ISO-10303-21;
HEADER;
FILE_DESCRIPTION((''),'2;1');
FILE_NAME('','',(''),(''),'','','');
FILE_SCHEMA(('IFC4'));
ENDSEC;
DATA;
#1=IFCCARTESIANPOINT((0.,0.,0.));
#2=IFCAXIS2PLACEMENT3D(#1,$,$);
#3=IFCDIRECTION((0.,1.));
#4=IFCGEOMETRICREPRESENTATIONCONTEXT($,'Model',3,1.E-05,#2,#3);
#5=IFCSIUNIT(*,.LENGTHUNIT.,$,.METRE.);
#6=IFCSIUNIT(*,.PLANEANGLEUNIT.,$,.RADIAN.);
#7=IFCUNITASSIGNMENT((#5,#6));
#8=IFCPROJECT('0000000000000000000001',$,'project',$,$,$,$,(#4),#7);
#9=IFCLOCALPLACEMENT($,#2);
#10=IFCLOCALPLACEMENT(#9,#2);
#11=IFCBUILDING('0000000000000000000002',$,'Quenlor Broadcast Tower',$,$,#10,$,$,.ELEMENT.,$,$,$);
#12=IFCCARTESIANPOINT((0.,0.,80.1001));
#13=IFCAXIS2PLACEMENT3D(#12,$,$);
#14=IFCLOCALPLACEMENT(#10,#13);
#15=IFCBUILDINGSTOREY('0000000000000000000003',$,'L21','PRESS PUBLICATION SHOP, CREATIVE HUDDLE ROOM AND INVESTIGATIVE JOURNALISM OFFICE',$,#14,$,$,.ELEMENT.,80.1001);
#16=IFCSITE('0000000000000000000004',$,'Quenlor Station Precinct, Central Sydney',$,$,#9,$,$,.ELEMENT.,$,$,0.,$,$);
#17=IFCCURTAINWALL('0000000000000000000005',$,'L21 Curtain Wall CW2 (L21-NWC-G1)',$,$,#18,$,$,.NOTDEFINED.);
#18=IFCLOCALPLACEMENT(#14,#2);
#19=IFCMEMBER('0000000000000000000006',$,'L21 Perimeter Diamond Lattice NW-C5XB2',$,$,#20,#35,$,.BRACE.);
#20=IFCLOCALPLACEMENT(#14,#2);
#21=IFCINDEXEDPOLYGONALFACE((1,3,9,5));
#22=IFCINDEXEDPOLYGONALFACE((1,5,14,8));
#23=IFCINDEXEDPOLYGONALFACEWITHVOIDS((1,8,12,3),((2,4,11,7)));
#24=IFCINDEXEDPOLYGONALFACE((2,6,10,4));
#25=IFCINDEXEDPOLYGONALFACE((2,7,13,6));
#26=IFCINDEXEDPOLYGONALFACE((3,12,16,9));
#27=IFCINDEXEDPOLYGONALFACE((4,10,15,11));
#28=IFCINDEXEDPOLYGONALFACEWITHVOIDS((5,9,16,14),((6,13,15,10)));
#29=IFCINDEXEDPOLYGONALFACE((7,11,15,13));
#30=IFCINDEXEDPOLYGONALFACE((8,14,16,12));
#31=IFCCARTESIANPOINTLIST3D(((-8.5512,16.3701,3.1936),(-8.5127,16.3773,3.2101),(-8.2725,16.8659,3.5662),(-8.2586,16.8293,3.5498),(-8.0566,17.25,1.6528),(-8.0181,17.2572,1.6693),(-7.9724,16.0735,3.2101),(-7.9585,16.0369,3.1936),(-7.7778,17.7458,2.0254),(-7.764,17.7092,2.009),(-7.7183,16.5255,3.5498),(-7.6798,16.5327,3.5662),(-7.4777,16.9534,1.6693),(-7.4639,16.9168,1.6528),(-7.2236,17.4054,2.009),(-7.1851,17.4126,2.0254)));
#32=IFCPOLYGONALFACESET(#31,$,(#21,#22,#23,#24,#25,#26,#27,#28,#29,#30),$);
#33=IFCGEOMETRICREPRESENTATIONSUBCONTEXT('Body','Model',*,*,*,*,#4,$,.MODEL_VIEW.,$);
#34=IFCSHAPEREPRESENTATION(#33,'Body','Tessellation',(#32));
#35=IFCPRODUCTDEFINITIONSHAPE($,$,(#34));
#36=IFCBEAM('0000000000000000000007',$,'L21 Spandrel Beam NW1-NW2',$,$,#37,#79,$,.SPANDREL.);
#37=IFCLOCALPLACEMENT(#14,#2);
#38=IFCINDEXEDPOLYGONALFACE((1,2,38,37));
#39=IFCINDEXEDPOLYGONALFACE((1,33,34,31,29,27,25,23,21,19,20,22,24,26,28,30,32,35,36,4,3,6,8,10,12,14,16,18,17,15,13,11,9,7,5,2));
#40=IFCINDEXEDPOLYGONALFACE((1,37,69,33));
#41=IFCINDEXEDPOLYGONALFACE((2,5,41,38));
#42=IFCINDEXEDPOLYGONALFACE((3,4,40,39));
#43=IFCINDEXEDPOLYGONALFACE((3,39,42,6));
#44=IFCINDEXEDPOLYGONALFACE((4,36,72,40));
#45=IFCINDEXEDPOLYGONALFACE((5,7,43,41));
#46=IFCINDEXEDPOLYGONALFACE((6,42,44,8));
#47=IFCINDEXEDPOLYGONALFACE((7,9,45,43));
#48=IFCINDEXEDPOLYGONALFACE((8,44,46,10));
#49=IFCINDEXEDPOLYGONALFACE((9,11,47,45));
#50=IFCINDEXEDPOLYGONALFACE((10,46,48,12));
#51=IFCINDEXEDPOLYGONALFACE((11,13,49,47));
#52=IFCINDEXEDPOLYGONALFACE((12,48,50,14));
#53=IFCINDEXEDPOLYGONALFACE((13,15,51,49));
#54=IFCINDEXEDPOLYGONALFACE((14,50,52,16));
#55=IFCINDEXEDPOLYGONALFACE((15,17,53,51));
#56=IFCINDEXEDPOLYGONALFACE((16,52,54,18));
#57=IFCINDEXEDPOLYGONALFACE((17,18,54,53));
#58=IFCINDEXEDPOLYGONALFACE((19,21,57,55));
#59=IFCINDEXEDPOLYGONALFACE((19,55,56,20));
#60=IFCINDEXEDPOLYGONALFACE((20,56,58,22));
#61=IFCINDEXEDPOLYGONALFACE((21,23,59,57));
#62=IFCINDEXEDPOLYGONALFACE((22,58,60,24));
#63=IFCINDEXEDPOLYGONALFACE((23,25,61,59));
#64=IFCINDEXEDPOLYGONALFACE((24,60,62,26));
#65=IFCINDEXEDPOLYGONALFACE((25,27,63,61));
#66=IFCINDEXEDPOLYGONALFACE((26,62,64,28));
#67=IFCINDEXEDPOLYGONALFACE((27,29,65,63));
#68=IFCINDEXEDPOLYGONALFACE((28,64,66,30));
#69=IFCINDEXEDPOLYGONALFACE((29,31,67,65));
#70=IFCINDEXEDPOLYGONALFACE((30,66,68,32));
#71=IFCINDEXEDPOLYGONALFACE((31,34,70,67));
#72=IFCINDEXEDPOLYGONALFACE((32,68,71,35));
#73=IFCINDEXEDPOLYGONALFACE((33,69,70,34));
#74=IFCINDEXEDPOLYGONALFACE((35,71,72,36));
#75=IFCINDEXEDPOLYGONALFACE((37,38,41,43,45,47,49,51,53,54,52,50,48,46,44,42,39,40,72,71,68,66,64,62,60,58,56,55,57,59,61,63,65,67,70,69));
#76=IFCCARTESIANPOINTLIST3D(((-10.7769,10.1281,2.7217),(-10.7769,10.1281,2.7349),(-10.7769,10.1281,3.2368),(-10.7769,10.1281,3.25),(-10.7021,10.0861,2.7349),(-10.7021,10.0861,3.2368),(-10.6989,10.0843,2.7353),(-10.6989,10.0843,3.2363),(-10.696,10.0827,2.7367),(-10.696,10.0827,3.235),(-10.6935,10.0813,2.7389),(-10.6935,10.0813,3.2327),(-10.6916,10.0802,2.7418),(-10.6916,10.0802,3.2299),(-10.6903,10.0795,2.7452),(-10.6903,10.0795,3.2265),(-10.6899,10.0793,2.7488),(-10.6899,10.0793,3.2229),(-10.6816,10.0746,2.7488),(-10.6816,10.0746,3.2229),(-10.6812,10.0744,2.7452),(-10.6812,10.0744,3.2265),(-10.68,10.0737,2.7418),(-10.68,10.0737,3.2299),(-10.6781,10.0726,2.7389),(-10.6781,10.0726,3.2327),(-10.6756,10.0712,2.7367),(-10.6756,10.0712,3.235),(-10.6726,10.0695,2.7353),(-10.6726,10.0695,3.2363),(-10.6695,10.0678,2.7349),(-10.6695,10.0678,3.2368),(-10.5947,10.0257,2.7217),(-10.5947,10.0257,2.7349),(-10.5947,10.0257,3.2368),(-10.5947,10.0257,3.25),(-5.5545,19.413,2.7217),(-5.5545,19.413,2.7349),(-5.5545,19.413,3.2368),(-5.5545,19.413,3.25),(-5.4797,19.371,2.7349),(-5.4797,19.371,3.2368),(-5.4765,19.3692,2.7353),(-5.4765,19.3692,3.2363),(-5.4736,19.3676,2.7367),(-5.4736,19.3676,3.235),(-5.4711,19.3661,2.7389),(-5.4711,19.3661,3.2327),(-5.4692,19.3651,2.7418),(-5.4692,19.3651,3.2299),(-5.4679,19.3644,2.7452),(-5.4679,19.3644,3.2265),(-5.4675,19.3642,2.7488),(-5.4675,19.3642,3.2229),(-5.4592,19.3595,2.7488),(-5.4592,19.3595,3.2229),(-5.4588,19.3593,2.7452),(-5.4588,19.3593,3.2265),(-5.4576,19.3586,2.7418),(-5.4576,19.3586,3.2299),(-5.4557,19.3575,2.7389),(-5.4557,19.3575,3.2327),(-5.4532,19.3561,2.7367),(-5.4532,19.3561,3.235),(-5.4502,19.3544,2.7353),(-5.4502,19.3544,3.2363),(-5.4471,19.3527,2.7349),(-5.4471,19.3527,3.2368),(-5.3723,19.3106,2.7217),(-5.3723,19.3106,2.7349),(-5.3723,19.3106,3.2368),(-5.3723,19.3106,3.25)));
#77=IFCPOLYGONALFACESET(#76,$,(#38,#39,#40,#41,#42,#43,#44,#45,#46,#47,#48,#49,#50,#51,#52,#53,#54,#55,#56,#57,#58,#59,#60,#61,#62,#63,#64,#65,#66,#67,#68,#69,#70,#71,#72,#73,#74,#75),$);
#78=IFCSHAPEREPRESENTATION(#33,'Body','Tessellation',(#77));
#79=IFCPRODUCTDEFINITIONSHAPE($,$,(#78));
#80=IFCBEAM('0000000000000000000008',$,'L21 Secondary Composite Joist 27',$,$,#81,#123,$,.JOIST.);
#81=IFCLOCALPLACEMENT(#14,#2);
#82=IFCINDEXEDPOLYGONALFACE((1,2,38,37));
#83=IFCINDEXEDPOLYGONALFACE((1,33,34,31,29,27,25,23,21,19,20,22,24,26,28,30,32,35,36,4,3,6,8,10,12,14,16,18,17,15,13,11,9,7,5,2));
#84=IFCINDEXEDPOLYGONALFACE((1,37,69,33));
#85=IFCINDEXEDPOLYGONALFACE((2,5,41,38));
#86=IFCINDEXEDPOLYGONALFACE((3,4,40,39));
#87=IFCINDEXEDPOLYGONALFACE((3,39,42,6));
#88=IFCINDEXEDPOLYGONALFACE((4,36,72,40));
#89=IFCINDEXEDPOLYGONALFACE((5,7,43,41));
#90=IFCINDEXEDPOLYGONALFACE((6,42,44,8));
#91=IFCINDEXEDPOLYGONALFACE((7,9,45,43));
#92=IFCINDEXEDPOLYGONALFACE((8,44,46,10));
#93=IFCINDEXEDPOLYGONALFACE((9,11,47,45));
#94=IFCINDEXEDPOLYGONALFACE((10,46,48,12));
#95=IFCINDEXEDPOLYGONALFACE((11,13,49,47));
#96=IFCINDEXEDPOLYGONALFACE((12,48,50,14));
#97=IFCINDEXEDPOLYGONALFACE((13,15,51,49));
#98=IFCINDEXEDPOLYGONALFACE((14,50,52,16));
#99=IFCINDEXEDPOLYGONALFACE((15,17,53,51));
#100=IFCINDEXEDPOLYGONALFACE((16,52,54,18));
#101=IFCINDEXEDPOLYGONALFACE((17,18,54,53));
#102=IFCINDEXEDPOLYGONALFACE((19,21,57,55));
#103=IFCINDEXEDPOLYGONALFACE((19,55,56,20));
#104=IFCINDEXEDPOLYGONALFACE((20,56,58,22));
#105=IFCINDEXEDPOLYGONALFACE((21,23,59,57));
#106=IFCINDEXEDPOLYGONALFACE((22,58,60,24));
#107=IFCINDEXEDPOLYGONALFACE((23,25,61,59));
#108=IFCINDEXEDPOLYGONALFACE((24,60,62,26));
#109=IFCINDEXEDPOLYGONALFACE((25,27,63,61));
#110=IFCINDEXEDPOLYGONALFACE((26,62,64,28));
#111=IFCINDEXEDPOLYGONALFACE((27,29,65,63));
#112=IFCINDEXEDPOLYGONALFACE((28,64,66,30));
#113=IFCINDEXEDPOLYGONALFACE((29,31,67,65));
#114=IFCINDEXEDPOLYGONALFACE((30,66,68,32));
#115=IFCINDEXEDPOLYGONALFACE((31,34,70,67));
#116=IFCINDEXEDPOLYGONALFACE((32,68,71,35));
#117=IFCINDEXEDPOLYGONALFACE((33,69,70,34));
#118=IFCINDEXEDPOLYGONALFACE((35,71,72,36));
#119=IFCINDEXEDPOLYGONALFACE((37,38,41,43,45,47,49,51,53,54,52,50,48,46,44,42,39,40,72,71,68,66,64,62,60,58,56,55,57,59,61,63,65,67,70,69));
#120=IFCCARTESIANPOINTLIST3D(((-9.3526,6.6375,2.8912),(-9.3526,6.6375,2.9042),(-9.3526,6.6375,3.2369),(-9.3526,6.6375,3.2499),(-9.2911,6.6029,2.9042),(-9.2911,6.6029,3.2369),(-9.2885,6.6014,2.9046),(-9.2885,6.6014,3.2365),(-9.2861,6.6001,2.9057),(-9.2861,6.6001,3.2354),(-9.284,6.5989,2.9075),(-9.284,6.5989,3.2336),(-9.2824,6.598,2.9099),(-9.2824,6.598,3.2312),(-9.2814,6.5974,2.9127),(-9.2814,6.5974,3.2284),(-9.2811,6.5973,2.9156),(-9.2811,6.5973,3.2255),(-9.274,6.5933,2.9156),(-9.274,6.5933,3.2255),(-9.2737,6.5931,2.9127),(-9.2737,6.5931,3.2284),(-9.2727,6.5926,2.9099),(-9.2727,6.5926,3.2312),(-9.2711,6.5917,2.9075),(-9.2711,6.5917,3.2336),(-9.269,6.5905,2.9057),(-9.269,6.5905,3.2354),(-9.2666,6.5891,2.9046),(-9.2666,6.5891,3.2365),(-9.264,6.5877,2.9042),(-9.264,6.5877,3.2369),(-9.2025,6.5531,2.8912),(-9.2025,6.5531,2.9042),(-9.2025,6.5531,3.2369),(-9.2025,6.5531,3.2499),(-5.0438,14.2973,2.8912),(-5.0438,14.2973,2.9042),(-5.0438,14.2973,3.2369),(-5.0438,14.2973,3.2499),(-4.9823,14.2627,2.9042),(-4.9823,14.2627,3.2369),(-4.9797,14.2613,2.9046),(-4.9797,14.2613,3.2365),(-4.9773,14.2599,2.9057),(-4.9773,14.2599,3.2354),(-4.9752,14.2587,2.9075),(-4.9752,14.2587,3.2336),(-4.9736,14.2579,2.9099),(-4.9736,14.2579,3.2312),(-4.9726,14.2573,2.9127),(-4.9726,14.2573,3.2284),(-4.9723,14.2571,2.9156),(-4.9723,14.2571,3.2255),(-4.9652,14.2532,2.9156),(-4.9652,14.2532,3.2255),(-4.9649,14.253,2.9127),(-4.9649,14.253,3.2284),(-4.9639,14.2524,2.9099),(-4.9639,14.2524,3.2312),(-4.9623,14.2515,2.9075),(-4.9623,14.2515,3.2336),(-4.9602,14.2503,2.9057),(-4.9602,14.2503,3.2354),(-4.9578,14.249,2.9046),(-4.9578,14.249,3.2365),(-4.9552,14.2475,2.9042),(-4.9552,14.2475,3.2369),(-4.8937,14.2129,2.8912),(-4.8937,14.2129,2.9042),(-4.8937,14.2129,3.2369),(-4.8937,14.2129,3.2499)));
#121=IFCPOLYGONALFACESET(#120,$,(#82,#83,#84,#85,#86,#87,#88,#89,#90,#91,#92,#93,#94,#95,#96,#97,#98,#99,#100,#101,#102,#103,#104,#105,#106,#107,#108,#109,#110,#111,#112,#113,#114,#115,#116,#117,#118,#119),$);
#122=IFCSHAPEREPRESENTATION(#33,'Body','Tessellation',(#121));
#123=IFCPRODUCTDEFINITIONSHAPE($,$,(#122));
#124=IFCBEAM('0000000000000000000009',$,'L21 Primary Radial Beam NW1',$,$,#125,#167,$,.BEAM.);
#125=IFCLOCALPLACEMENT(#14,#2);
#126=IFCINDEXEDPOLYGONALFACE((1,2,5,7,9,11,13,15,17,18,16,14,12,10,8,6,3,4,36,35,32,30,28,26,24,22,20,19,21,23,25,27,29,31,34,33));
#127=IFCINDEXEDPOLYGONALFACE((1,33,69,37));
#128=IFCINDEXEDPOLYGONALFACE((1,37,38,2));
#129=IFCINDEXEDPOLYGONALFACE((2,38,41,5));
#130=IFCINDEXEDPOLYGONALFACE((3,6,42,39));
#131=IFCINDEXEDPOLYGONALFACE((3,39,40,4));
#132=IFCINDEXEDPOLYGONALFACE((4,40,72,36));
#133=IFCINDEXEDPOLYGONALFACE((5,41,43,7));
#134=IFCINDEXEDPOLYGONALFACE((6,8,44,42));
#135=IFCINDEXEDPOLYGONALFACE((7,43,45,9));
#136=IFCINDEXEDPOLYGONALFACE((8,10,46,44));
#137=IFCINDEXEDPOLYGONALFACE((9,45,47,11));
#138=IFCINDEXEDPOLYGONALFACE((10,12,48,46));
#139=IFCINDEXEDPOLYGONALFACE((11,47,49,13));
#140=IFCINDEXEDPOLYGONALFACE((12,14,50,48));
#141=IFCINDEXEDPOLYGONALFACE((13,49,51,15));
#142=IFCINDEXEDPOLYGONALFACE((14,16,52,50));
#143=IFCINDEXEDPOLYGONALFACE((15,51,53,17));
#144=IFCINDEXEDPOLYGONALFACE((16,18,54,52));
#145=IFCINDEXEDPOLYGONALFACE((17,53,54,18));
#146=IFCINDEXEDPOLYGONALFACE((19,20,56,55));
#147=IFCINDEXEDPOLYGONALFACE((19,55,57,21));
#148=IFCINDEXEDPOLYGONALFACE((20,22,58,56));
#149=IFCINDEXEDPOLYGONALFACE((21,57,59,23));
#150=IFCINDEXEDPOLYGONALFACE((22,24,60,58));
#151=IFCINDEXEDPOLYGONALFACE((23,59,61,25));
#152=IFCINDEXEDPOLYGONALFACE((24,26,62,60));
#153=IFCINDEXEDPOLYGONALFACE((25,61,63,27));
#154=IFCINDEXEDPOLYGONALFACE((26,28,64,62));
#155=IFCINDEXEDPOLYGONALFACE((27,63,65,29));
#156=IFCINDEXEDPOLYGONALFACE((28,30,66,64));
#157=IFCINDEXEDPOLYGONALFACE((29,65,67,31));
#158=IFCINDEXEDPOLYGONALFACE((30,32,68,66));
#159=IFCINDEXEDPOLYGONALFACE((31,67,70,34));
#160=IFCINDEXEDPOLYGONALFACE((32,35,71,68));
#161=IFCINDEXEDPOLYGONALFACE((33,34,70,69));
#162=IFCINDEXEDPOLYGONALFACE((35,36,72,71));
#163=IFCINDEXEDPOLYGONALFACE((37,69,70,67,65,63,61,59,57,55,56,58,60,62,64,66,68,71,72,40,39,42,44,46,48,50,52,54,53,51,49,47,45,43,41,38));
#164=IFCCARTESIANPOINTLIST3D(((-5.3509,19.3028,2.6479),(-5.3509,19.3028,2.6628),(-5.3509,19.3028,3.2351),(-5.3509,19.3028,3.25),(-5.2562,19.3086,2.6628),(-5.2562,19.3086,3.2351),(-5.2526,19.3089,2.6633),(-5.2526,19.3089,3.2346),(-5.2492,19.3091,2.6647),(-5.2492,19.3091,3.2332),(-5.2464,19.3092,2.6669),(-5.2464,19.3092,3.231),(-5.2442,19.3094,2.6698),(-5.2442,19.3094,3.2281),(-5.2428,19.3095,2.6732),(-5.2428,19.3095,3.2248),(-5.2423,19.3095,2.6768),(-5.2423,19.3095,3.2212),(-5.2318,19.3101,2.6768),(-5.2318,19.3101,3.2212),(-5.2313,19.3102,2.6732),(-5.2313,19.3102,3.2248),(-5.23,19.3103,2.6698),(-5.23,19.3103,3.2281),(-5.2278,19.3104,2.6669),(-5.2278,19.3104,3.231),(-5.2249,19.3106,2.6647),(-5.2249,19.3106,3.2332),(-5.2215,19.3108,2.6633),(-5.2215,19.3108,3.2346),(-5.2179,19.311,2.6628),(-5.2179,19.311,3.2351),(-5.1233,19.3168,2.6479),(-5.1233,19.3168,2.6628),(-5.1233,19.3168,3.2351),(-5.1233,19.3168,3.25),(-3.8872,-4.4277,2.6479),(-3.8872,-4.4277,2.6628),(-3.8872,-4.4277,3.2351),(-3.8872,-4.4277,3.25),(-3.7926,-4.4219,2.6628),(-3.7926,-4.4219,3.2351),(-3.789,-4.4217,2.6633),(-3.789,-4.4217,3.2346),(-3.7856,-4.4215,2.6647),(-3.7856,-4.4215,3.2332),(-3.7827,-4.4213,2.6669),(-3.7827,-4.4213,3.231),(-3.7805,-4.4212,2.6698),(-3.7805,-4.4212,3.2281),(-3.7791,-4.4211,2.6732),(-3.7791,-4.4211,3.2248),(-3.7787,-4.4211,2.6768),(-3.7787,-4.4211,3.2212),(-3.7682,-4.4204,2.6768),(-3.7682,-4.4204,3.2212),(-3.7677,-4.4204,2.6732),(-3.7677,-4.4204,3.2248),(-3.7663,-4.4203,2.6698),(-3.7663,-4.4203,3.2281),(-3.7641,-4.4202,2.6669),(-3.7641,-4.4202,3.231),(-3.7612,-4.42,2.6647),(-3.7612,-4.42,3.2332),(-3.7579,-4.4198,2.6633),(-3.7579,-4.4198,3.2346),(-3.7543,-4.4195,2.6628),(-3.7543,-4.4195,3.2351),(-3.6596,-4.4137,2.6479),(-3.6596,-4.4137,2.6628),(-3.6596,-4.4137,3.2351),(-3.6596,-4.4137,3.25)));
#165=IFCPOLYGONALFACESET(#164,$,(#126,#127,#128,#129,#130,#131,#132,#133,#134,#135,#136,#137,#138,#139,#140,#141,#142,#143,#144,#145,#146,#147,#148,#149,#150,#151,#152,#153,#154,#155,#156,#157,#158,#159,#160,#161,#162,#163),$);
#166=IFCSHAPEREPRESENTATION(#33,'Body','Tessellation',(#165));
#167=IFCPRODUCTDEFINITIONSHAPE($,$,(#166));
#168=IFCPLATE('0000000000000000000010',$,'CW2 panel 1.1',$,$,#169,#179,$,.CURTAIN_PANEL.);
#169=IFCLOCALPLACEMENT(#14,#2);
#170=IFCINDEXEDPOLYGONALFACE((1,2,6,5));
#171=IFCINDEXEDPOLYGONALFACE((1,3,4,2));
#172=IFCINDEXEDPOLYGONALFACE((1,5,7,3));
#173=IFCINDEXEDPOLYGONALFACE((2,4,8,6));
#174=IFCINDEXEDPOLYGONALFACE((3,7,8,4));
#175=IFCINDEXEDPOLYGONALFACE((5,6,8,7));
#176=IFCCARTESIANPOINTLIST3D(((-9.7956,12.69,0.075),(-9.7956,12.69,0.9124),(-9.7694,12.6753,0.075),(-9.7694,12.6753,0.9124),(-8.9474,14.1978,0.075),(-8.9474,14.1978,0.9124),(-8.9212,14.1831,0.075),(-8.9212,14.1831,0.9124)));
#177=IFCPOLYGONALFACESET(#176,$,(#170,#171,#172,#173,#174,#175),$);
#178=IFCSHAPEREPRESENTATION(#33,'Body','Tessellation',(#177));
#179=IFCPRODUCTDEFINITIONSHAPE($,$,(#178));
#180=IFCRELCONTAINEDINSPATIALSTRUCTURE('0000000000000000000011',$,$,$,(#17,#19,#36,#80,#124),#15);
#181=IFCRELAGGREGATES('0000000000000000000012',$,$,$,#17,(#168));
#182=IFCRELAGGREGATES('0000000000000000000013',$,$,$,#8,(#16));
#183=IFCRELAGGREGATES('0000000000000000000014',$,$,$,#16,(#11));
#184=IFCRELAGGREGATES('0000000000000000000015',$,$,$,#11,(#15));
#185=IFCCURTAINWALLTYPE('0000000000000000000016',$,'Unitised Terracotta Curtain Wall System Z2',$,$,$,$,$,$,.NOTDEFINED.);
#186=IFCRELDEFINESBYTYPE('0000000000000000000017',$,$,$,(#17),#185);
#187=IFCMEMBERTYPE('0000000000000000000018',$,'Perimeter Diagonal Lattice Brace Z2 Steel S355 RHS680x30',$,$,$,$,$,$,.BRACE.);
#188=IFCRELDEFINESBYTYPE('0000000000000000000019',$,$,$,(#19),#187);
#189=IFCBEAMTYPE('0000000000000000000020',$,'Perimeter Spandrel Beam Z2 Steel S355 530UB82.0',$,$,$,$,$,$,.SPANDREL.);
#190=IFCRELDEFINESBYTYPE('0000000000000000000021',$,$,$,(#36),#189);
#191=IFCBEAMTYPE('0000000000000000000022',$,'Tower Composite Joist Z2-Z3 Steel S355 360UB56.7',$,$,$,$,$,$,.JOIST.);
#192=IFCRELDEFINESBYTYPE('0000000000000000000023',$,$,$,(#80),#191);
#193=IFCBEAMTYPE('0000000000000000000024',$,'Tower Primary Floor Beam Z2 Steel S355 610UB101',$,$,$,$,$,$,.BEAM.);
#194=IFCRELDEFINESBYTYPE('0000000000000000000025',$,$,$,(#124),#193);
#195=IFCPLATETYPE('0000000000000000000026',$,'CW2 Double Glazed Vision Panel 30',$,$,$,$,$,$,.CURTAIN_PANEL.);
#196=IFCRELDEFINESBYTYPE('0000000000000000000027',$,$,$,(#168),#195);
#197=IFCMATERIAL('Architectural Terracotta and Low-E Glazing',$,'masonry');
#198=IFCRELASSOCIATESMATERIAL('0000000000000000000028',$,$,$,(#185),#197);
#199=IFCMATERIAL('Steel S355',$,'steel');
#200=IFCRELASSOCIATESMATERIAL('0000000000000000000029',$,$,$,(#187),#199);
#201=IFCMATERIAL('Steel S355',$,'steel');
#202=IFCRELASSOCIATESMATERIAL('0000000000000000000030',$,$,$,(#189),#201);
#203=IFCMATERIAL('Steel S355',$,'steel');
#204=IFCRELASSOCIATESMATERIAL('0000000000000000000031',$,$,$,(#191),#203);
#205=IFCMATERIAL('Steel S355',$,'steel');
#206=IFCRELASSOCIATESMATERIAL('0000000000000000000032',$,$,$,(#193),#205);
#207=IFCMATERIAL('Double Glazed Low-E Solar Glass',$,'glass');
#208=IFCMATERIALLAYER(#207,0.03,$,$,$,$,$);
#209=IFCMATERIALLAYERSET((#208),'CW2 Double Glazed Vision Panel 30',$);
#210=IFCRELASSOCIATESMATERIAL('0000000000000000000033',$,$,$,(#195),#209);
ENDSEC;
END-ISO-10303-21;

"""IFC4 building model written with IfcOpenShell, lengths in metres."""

from ifc_helpers import new_model, si_unit, direction, frame, origin, origin_2d, place, context, subcontext, project, spatial, rectangle, hollow_rectangle, i_section, extrude, material, layer, layer_set, material_profile, profile_set, type_object, element, aggregate, save


model = new_model("IFC4")

# Units and contexts
model_context = context("Model", 3, precision=1e-05, world=origin(), true_north=direction((0.0, 1.0)))
body_context = subcontext(model_context, "Body", "Model", "MODEL_VIEW")
ifc_project = project(units=[si_unit("LENGTHUNIT", "METRE"), si_unit("PLANEANGLEUNIT", "RADIAN")], contexts=[model_context])

# Site, building, storey
site_placement = place(None, origin())
site = spatial("IfcSite", under=ifc_project, at=site_placement, Name="Quenlor Station Precinct, Central Sydney", CompositionType="ELEMENT", RefElevation=0.0)
building_placement = place(site_placement, origin())
building = spatial("IfcBuilding", under=site, at=building_placement, Name="Quenlor Broadcast Tower", CompositionType="ELEMENT")
storey_placement = place(building_placement, frame((0.0, 0.0, 80.1001)))
storey = spatial("IfcBuildingStorey", under=building, at=storey_placement, Name="L21", Description="PRESS PUBLICATION SHOP, CREATIVE HUDDLE ROOM AND INVESTIGATIVE JOURNALISM OFFICE", CompositionType="ELEMENT", Elevation=80.1001)

# Curtain wall
ifc_material_1 = material(Name="Architectural Terracotta and Low-E Glazing", Category="masonry")
curtain_wall_type = type_object("IfcCurtainWallType", Name="Unitised Terracotta Curtain Wall System Z2", PredefinedType="NOTDEFINED", material=ifc_material_1)
curtain_wall_placement = place(storey_placement, origin())
curtain_wall = element("IfcCurtainWall", 1, at=curtain_wall_placement, inside=storey, type_object=curtain_wall_type, Name="L21 Curtain Wall CW2 (L21-NWC-G1)", PredefinedType="NOTDEFINED")

# Member
ifc_material_2 = material(Name="Steel S355", Category="steel")
ifc_material_profile_1 = material_profile(ifc_material_2, hollow_rectangle(XDim=0.6799, YDim=0.6799, WallThickness=0.03, at=origin_2d()))
ifc_profile_set_1 = profile_set([ifc_material_profile_1], Name="Steel S355 RHS680x680x30")
member_type_1 = type_object("IfcMemberType", Name="Perimeter Diagonal Lattice Brace Z2 Steel S355 RHS680x30", PredefinedType="BRACE", material=ifc_profile_set_1)
for number, where, z_axis, x_axis, name in (
    (2, (-7.6208, 17.3313, 1.8391), (-0.268534, -0.477688, 0.836483), (0.871705, -0.490032, 0.0), "L21 Perimeter Diamond Lattice NW-C5XB2"),
):
    element("IfcMember", number, at=place(storey_placement, frame(where, z_axis=z_axis, x_axis=x_axis)), inside=storey, type_object=member_type_1, Name=name, PredefinedType="BRACE", context=body_context, shape_type="SweptSolid", body=[
        extrude(hollow_rectangle(XDim=0.6799, YDim=0.6799, WallThickness=0.03, at=origin_2d()), origin(), (0.0, 0.0, 1.0), 1.842),
    ])

# Beams
ifc_material_3 = material(Name="Steel S355", Category="steel")
ifc_material_profile_2 = material_profile(ifc_material_3, i_section(OverallWidth=0.209, OverallDepth=0.5283, WebThickness=0.0095, FlangeThickness=0.0132, FilletRadius=0.0139, at=origin_2d()))
ifc_profile_set_2 = profile_set([ifc_material_profile_2], Name="Steel S355 530UB82.0")
beam_type_1 = type_object("IfcBeamType", Name="Perimeter Spandrel Beam Z2 Steel S355 530UB82.0", PredefinedType="SPANDREL", material=ifc_profile_set_2)
beam_1_placement = place(storey_placement, frame((-5.4634, 19.3618, 2.9858), z_axis=(-0.490236, -0.87159, 0.0), x_axis=(0.87159, -0.490236, 0.0)))
element("IfcBeam", 3, at=beam_1_placement, inside=storey, type_object=beam_type_1, Name="L21 Spandrel Beam NW1-NW2", PredefinedType="SPANDREL", context=body_context, shape_type="SweptSolid", body=[
    extrude(i_section(OverallWidth=0.209, OverallDepth=0.5283, WebThickness=0.0095, FlangeThickness=0.0132, FilletRadius=0.0139, at=origin_2d()), origin(), (0.0, 0.0, 1.0), 10.6528),
])
ifc_material_4 = material(Name="Steel S355", Category="steel")
ifc_material_profile_3 = material_profile(ifc_material_4, i_section(OverallWidth=0.1721, OverallDepth=0.3586, WebThickness=0.0081, FlangeThickness=0.0129, FilletRadius=0.0115, at=origin_2d()))
ifc_profile_set_3 = profile_set([ifc_material_profile_3], Name="Steel S355 360UB56.7")
beam_type_2 = type_object("IfcBeamType", Name="Tower Composite Joist Z2-Z3 Steel S355 360UB56.7", PredefinedType="JOIST", material=ifc_profile_set_3)
beam_2_placement = place(storey_placement, frame((-4.9688, 14.2551, 3.0706), z_axis=(-0.490273, -0.871569, 0.0), x_axis=(0.871569, -0.490273, 0.0)))
element("IfcBeam", 4, at=beam_2_placement, inside=storey, type_object=beam_type_2, Name="L21 Secondary Composite Joist 27", PredefinedType="JOIST", context=body_context, shape_type="SweptSolid", body=[
    extrude(i_section(OverallWidth=0.1721, OverallDepth=0.3586, WebThickness=0.0081, FlangeThickness=0.0129, FilletRadius=0.0115, at=origin_2d()), origin(), (0.0, 0.0, 1.0), 8.7886),
])
ifc_material_5 = material(Name="Steel S355", Category="steel")
ifc_material_profile_4 = material_profile(ifc_material_5, i_section(OverallWidth=0.228, OverallDepth=0.6021, WebThickness=0.0105, FlangeThickness=0.0149, FilletRadius=0.0139, at=origin_2d()))
ifc_profile_set_4 = profile_set([ifc_material_profile_4], Name="Steel S355 610UB101")
beam_type_3 = type_object("IfcBeamType", Name="Tower Primary Floor Beam Z2 Steel S355 610UB101", PredefinedType="BEAM", material=ifc_profile_set_4)
beam_3_placement = place(storey_placement, frame((-5.2371, 19.3098, 2.949), z_axis=(0.06156, -0.998103, 0.0), x_axis=(0.998103, 0.06156, 0.0)))
element("IfcBeam", 5, at=beam_3_placement, inside=storey, type_object=beam_type_3, Name="L21 Primary Radial Beam NW1", PredefinedType="BEAM", context=body_context, shape_type="SweptSolid", body=[
    extrude(i_section(OverallWidth=0.228, OverallDepth=0.6021, WebThickness=0.0105, FlangeThickness=0.0149, FilletRadius=0.0139, at=origin_2d()), origin(), (0.0, 0.0, 1.0), 23.7756),
])

# Plate
ifc_material_6 = material(Name="Double Glazed Low-E Solar Glass", Category="glass")
ifc_layer_1 = layer(ifc_material_6, 0.03)
ifc_layer_set_1 = layer_set([ifc_layer_1], Name="CW2 Double Glazed Vision Panel 30")
plate_type_1 = type_object("IfcPlateType", Name="CW2 Double Glazed Vision Panel 30", PredefinedType="CURTAIN_PANEL", material=ifc_layer_set_1)
plate_1_placement = place(storey_placement, frame((-9.3584, 13.4365, 0.075), z_axis=(0.0, 0.0, 1.0), x_axis=(0.490265, 0.871573, 0.0)))
plate_1 = element("IfcPlate", 6, at=plate_1_placement, type_object=plate_type_1, Name="CW2 panel 1.1", PredefinedType="CURTAIN_PANEL", context=body_context, shape_type="SweptSolid", body=[
    extrude(rectangle(XDim=1.73, YDim=0.03, at=origin_2d()), origin(), (0.0, 0.0, 1.0), 0.8374),
])
aggregate(curtain_wall, [plate_1])

save(model, "model.ifc")
